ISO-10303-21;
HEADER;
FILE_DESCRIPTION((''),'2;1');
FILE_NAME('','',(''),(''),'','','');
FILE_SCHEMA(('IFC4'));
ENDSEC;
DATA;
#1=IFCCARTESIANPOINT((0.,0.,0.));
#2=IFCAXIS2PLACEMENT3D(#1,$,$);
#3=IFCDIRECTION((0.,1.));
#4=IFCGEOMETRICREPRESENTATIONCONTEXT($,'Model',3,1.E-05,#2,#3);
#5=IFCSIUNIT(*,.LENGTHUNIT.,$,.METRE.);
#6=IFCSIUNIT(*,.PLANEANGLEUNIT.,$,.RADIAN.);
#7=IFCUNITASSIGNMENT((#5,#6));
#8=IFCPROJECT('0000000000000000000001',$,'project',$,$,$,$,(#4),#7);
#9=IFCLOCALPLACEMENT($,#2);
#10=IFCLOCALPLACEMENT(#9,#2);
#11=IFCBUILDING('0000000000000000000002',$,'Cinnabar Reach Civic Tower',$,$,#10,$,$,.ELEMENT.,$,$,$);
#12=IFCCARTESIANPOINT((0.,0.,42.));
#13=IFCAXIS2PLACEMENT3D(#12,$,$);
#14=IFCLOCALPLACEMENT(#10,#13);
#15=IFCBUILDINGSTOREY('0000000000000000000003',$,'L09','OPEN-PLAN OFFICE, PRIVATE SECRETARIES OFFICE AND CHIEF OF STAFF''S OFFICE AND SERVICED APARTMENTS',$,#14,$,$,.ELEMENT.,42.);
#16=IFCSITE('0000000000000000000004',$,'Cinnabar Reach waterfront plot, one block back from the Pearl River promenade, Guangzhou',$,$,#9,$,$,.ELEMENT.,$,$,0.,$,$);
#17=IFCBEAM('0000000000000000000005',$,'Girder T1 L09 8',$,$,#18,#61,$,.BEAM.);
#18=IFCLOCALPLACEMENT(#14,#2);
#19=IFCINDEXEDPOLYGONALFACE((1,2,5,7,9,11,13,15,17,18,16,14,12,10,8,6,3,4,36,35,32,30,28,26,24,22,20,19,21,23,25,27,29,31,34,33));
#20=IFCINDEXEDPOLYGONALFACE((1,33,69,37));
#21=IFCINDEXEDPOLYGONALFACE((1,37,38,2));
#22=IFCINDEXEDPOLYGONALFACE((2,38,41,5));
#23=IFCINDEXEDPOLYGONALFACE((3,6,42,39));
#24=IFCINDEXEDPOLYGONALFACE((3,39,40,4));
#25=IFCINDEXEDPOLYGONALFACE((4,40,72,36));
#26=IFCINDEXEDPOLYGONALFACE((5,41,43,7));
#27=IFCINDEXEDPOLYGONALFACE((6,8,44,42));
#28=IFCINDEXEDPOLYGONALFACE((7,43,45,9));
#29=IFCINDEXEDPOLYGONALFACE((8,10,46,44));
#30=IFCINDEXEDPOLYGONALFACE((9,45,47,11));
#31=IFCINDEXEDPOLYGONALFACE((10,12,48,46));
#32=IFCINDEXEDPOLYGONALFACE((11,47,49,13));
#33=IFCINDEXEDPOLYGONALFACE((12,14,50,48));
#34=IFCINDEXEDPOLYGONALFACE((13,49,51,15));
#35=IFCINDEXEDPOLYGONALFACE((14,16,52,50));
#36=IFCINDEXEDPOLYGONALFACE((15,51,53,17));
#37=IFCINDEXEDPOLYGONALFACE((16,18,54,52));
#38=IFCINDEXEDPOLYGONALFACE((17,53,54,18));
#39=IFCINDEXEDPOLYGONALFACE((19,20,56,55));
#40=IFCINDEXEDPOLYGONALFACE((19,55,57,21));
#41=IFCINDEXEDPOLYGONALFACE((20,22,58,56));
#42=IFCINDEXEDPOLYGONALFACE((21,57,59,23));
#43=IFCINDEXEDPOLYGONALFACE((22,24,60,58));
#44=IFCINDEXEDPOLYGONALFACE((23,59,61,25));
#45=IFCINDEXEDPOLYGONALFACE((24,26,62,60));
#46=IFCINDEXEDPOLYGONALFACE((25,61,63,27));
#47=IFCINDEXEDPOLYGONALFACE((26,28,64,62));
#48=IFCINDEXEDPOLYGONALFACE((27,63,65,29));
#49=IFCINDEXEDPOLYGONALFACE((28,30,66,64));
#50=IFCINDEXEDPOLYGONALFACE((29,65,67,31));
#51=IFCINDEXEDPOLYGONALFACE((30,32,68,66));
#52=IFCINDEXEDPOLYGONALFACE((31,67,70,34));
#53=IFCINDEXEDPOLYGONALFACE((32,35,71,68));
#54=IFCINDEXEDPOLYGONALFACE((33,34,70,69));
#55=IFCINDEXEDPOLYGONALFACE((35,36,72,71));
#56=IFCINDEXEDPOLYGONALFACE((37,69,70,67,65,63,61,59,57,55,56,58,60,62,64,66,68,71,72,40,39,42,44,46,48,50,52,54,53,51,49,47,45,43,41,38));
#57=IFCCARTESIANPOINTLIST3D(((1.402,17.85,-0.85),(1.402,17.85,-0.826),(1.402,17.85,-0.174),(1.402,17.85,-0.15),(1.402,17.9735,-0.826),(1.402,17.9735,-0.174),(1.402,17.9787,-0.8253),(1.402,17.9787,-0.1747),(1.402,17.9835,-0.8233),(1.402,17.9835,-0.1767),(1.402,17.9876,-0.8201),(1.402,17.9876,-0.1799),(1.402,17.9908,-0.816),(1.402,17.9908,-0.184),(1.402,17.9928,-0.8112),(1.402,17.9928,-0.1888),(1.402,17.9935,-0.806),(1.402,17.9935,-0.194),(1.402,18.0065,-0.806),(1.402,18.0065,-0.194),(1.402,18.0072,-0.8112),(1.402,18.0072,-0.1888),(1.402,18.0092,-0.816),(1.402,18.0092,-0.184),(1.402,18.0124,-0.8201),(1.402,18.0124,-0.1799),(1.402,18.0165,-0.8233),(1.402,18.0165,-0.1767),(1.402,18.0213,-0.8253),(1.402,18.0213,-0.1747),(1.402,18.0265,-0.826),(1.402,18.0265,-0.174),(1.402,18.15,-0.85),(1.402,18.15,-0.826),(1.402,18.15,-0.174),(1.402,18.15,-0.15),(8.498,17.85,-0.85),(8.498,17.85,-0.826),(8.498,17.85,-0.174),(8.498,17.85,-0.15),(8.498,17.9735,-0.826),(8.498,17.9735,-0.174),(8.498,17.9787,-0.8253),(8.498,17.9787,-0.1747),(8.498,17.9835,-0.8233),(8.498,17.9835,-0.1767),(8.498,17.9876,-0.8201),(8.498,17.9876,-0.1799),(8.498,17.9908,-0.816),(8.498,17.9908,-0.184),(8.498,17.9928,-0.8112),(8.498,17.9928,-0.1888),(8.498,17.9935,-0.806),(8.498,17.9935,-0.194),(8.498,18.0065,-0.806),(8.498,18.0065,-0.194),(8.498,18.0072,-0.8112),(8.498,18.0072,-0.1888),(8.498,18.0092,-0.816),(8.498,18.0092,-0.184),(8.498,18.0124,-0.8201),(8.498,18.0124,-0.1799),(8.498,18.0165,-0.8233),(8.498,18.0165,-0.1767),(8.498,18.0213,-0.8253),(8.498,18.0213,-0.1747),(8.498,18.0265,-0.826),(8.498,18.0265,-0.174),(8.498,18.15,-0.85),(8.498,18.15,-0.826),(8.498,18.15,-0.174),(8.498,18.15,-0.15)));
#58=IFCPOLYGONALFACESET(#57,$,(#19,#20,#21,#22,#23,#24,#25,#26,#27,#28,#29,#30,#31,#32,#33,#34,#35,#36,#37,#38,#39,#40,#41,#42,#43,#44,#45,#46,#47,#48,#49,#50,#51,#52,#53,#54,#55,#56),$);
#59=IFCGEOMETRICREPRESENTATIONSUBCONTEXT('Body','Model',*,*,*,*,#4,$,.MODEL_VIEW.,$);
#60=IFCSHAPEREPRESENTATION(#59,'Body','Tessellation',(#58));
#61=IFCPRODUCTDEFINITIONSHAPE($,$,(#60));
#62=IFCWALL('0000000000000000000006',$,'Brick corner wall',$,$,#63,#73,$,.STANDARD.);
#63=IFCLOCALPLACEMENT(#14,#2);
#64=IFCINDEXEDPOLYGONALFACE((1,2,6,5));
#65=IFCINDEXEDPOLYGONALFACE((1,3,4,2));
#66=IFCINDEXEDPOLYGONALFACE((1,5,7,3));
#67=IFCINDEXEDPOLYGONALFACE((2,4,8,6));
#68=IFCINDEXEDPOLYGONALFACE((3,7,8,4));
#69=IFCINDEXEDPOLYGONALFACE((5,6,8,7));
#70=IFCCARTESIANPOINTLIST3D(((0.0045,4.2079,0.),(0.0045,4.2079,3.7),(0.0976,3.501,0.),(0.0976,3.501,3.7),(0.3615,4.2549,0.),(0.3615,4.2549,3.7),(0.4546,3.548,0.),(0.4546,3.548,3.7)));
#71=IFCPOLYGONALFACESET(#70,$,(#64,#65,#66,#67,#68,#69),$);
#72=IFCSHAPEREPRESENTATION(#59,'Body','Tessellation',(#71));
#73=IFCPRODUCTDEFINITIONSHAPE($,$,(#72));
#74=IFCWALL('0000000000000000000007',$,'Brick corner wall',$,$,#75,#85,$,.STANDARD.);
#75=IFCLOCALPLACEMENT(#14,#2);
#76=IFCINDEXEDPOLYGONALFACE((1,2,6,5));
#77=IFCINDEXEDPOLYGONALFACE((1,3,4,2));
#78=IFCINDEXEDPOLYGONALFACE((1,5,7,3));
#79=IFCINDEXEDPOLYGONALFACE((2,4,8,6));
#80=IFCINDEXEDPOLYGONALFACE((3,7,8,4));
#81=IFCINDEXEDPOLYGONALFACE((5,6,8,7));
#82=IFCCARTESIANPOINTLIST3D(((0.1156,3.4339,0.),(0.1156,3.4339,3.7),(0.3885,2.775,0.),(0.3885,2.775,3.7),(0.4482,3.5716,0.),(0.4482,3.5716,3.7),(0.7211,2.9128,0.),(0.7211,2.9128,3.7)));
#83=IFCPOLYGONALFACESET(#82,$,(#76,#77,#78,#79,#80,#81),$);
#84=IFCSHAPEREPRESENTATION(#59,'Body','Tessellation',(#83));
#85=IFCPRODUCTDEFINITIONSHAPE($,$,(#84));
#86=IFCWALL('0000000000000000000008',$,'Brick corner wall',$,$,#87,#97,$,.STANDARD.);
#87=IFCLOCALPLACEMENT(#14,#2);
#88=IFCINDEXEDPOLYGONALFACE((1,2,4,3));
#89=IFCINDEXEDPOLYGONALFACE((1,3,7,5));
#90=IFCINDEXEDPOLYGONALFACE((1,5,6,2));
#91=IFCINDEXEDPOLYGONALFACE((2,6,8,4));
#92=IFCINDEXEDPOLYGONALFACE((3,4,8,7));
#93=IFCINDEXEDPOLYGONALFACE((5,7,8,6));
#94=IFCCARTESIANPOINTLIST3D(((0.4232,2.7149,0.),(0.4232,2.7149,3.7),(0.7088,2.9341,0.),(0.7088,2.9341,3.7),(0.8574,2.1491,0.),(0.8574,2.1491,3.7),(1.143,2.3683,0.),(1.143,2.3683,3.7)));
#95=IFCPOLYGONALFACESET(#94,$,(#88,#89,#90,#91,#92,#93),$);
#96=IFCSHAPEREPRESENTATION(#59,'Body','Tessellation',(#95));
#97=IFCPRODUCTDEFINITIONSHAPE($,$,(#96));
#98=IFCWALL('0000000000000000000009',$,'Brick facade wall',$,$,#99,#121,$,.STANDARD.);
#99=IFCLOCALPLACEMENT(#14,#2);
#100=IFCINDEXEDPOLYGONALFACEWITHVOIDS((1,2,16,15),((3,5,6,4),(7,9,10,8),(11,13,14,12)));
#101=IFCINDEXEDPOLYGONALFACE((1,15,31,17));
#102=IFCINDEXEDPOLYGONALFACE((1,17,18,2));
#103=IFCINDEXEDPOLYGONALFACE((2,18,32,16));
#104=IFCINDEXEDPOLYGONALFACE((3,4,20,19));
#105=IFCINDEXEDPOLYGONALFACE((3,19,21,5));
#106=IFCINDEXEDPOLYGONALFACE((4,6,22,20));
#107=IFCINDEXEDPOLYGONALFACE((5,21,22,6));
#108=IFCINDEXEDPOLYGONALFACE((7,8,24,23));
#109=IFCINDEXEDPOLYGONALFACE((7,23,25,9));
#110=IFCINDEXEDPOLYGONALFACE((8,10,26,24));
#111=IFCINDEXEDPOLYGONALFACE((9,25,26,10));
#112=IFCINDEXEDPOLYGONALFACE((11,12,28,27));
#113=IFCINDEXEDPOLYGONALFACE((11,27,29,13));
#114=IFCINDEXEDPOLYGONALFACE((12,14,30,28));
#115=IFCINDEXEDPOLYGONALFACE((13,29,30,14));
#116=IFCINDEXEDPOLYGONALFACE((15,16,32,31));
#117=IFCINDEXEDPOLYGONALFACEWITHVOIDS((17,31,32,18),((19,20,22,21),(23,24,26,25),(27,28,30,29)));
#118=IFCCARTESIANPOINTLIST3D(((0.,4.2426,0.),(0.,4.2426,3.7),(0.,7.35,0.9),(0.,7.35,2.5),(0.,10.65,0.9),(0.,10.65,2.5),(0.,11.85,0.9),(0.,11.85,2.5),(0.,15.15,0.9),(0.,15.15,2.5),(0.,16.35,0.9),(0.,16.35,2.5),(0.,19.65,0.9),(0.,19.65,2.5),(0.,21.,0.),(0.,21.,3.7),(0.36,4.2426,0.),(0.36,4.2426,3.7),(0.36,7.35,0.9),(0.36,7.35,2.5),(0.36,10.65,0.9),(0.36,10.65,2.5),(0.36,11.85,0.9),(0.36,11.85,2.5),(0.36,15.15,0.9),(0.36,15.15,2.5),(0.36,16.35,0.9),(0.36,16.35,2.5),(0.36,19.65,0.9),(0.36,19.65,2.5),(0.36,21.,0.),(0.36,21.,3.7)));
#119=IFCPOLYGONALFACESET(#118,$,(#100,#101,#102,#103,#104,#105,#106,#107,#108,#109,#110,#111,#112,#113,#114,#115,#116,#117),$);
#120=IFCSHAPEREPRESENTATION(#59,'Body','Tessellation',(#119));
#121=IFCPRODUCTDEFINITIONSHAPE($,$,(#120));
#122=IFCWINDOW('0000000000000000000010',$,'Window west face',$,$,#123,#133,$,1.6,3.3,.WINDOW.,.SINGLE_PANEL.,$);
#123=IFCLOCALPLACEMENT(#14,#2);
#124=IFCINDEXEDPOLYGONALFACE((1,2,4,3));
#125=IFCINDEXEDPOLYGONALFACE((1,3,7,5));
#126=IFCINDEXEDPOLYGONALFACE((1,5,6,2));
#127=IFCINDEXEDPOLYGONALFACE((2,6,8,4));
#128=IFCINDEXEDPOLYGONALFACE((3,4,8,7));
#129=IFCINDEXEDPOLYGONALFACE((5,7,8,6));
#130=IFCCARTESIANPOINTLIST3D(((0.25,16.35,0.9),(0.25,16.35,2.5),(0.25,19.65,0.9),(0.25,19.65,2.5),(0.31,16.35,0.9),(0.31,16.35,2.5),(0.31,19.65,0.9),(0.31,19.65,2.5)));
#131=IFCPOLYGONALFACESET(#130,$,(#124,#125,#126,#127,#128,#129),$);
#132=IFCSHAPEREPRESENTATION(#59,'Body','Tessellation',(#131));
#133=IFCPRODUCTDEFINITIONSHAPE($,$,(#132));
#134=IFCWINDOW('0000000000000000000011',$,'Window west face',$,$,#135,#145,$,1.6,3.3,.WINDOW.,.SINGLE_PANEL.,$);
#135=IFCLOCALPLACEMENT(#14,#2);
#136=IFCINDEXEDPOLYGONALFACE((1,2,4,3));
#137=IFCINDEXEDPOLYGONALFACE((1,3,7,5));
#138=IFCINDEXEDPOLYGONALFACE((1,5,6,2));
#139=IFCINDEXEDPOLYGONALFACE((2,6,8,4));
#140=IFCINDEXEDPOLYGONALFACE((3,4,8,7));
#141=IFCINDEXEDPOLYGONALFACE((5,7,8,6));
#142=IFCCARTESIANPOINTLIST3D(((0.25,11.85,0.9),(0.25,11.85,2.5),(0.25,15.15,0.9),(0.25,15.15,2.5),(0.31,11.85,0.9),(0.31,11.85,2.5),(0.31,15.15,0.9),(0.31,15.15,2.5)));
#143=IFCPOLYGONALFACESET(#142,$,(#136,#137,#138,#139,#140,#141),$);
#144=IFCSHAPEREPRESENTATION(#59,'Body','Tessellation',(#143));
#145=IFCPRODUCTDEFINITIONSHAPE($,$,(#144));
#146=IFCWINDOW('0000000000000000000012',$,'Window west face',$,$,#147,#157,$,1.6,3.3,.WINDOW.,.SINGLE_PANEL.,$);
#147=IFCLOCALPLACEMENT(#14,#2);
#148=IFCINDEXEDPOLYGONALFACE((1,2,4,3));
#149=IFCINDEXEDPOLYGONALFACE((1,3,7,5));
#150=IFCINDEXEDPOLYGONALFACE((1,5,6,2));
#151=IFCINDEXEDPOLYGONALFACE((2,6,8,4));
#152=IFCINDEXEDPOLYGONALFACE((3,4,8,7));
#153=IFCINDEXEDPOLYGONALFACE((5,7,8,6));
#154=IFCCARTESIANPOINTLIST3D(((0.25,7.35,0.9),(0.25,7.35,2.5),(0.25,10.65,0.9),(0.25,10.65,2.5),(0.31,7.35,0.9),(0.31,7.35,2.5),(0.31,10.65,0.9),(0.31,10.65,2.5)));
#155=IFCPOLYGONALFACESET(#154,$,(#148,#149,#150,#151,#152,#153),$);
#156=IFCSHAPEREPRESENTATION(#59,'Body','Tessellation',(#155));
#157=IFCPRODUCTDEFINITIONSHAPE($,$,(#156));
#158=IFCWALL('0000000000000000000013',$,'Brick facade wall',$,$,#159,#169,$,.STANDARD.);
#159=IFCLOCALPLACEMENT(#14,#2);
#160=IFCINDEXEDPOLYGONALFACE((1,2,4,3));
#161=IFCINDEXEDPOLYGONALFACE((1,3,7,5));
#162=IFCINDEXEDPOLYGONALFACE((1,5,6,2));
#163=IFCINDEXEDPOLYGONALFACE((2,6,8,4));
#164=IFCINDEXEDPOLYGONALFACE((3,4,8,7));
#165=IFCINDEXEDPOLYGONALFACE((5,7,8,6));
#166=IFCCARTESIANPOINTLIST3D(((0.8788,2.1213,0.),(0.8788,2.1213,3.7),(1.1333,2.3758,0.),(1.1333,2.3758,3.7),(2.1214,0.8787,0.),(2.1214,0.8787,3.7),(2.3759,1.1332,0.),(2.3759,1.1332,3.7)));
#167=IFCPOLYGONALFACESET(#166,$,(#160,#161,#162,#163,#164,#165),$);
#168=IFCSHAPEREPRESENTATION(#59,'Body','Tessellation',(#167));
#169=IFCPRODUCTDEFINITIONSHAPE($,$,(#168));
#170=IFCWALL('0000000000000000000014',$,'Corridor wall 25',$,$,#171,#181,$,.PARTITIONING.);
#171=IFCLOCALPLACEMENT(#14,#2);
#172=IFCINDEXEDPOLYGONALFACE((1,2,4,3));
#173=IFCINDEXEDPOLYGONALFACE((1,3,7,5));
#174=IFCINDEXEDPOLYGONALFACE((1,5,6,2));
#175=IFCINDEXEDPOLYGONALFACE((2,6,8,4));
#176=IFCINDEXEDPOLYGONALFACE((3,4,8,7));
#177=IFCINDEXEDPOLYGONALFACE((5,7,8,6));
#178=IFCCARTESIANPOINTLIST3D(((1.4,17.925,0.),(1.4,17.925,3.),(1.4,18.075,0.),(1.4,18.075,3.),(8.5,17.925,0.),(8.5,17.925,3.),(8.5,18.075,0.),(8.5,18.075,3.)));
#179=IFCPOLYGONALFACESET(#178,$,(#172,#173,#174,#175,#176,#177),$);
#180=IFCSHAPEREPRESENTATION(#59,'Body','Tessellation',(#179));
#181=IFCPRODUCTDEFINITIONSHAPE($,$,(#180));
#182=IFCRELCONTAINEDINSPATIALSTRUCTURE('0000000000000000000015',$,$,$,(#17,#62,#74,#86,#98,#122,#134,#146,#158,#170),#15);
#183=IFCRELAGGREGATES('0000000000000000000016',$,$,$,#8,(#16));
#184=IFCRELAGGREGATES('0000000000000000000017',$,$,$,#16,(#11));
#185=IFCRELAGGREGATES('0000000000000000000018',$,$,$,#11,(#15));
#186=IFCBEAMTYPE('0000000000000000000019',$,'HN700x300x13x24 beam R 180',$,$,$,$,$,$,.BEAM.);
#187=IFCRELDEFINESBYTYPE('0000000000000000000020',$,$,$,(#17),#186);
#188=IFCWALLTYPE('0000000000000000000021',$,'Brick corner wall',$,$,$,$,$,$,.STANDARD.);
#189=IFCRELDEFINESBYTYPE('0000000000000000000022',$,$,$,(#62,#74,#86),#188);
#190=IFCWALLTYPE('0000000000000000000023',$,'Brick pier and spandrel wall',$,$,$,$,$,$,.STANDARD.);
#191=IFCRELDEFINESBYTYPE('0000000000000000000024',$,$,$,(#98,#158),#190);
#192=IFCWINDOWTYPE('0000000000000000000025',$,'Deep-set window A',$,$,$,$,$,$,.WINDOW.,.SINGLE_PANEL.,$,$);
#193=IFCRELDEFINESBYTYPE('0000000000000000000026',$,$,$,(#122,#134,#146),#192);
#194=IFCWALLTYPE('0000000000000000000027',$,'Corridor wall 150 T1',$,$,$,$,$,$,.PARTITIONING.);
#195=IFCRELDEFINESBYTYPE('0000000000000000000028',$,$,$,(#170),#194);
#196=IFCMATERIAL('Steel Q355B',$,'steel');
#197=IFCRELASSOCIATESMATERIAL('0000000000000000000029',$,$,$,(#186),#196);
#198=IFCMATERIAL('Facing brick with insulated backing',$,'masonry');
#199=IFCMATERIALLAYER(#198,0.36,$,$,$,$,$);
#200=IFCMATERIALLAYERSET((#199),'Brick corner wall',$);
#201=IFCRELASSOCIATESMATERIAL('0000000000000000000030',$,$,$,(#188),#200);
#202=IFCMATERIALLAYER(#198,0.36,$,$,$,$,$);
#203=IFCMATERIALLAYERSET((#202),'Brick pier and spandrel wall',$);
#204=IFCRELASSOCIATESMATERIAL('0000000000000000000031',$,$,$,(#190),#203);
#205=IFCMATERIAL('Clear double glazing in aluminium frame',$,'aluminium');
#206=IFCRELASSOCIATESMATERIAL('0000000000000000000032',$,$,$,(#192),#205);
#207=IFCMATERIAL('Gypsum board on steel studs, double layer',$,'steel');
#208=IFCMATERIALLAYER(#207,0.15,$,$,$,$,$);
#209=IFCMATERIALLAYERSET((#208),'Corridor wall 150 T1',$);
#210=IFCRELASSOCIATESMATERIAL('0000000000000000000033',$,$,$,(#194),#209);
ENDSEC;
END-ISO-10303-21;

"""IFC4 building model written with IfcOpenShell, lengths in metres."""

from ifc_helpers import new_model, si_unit, direction, frame, frame_2d, origin, origin_2d, place, context, subcontext, project, spatial, rectangle, i_section, extrude, material, layer, layer_set, material_profile, profile_set, type_object, element, fill, save


model = new_model("IFC4")

# Units and contexts
model_context = context("Model", 3, precision=1e-05, world=origin(), true_north=direction((0.0, 1.0)))
body_context = subcontext(model_context, "Body", "Model", "MODEL_VIEW")
ifc_project = project(units=[si_unit("LENGTHUNIT", "METRE"), si_unit("PLANEANGLEUNIT", "RADIAN")], contexts=[model_context])

# Site, building, storey
site_placement = place(None, origin())
site = spatial("IfcSite", under=ifc_project, at=site_placement, Name="Cinnabar Reach waterfront plot, one block back from the Pearl River promenade, Guangzhou", CompositionType="ELEMENT", RefElevation=0.0)
building_placement = place(site_placement, origin())
building = spatial("IfcBuilding", under=site, at=building_placement, Name="Cinnabar Reach Civic Tower", CompositionType="ELEMENT")
storey_placement = place(building_placement, frame((0.0, 0.0, 42.0)))
storey = spatial("IfcBuildingStorey", under=building, at=storey_placement, Name="L09", Description="OPEN-PLAN OFFICE, PRIVATE SECRETARIES OFFICE AND CHIEF OF STAFF'S OFFICE AND SERVICED APARTMENTS", CompositionType="ELEMENT", Elevation=42.0)

# Beam
ifc_material_1 = material(Name="Steel Q355B", Category="steel")
ifc_material_profile_1 = material_profile(ifc_material_1, i_section(OverallWidth=0.3, OverallDepth=0.7, WebThickness=0.013, FlangeThickness=0.024, FilletRadius=0.02, at=origin_2d()), Name="HN700x300x13x24")
ifc_profile_set_1 = profile_set([ifc_material_profile_1], Name="Steel Q355B")
beam_type_1 = type_object("IfcBeamType", Name="HN700x300x13x24 beam R 180", PredefinedType="BEAM", material=ifc_profile_set_1)
for number, where, z_axis, x_axis, name in (
    (1, (1.402, 18.0, -0.5), (1.0, 0.0, 0.0), (0.0, 1.0, 0.0), "Girder T1 L09 8"),
):
    element("IfcBeam", number, at=place(storey_placement, frame(where, z_axis=z_axis, x_axis=x_axis)), inside=storey, type_object=beam_type_1, Name=name, PredefinedType="BEAM", context=body_context, shape_type="SweptSolid", body=[
        extrude(i_section(OverallWidth=0.3, OverallDepth=0.7, WebThickness=0.013, FlangeThickness=0.024, FilletRadius=0.02, at=origin_2d()), origin(), (0.0, 0.0, 1.0), 7.096),
    ])

# Walls
ifc_material_2 = material(Name="Facing brick with insulated backing", Category="masonry")
ifc_layer_1 = layer(ifc_material_2, 0.36)
ifc_layer_set_1 = layer_set([ifc_layer_1], Name="Brick corner wall")
wall_type_1 = type_object("IfcWallType", Name="Brick corner wall", PredefinedType="STANDARD", material=ifc_layer_set_1)
for number, where, z_axis, x_axis, name in (
    (2, (0.183, 4.2314, 0.0), (0.0, 0.0, 1.0), (0.130556, -0.991441, 0.0), "Brick corner wall"),
    (3, (0.2819, 3.5027, 0.0), (0.0, 0.0, 1.0), (0.382703, -0.923872, 0.0), "Brick corner wall"),
):
    element("IfcWall", number, at=place(storey_placement, frame(where, z_axis=z_axis, x_axis=x_axis)), inside=storey, type_object=wall_type_1, Name=name, PredefinedType="STANDARD", context=body_context, shape_type="SweptSolid", body=[
        extrude(rectangle(XDim=0.7131, YDim=0.36, at=frame_2d((0.3565, 0.0))), origin(), (0.0, 0.0, 1.0), 3.7),
    ])
wall_1_placement = place(storey_placement, frame((0.566, 2.8245, 0.0), z_axis=(0.0, 0.0, 1.0), x_axis=(0.608802, -0.793322, 0.0)))
element("IfcWall", 4, at=wall_1_placement, inside=storey, type_object=wall_type_1, Name="Brick corner wall", PredefinedType="STANDARD", context=body_context, shape_type="SweptSolid", body=[
    extrude(rectangle(XDim=0.7132, YDim=0.36, at=frame_2d((0.3566, 0.0))), origin(), (0.0, 0.0, 1.0), 3.7),
])

# Wall, openings, windows
ifc_layer_2 = layer(ifc_material_2, 0.36)
ifc_layer_set_2 = layer_set([ifc_layer_2], Name="Brick pier and spandrel wall")
wall_type_2 = type_object("IfcWallType", Name="Brick pier and spandrel wall", PredefinedType="STANDARD", material=ifc_layer_set_2)
wall_2_placement = place(storey_placement, frame((0.18, 21.0, 0.0), z_axis=(0.0, 0.0, 1.0), x_axis=(0.0, -1.0, 0.0)))
wall_2 = element("IfcWall", 5, at=wall_2_placement, inside=storey, type_object=wall_type_2, Name="Brick facade wall", PredefinedType="STANDARD", context=body_context, shape_type="SweptSolid", body=[
    extrude(rectangle(XDim=16.7574, YDim=0.36, at=frame_2d((8.3787, 0.0))), origin(), (0.0, 0.0, 1.0), 3.7),
])
opening_1_placement = place(wall_2_placement, frame((1.35, 0.0, 0.9)))
opening_1 = element("IfcOpeningElement", 6, at=opening_1_placement, cuts=wall_2, PredefinedType="OPENING", context=body_context, shape_type="SweptSolid", body=[
    extrude(rectangle(XDim=3.3, YDim=1.6, at=frame_2d((1.65, 0.8))), frame((0.0, 0.19, 0.0), z_axis=(0.0, -1.0, 0.0), x_axis=(1.0, 0.0, 0.0)), (0.0, 0.0, 1.0), 0.38),
])
opening_2_placement = place(wall_2_placement, frame((5.85, 0.0, 0.9)))
opening_2 = element("IfcOpeningElement", 7, at=opening_2_placement, cuts=wall_2, PredefinedType="OPENING", context=body_context, shape_type="SweptSolid", body=[
    extrude(rectangle(XDim=3.3, YDim=1.6, at=frame_2d((1.65, 0.8))), frame((0.0, 0.19, 0.0), z_axis=(0.0, -1.0, 0.0), x_axis=(1.0, 0.0, 0.0)), (0.0, 0.0, 1.0), 0.38),
])
opening_3_placement = place(wall_2_placement, frame((10.35, 0.0, 0.9)))
opening_3 = element("IfcOpeningElement", 8, at=opening_3_placement, cuts=wall_2, PredefinedType="OPENING", context=body_context, shape_type="SweptSolid", body=[
    extrude(rectangle(XDim=3.3, YDim=1.6, at=frame_2d((1.65, 0.8))), frame((0.0, 0.19, 0.0), z_axis=(0.0, -1.0, 0.0), x_axis=(1.0, 0.0, 0.0)), (0.0, 0.0, 1.0), 0.38),
])
ifc_material_3 = material(Name="Clear double glazing in aluminium frame", Category="aluminium")
window_type = type_object("IfcWindowType", Name="Deep-set window A", PartitioningType="SINGLE_PANEL", PredefinedType="WINDOW", material=ifc_material_3)
window_1_placement = place(opening_1_placement, origin())
window_1 = element("IfcWindow", 9, at=window_1_placement, inside=storey, type_object=window_type, Name="Window west face", OverallHeight=1.6, OverallWidth=3.3, PartitioningType="SINGLE_PANEL", PredefinedType="WINDOW", context=body_context, shape_type="SweptSolid", body=[
    extrude(rectangle(XDim=3.3, YDim=1.6, at=frame_2d((1.65, 0.8))), frame((0.0, 0.13, 0.0), z_axis=(0.0, -1.0, 0.0), x_axis=(1.0, 0.0, 0.0)), (0.0, 0.0, 1.0), 0.06),
])
fill(opening_1, window_1)
window_2_placement = place(opening_2_placement, origin())
window_2 = element("IfcWindow", 10, at=window_2_placement, inside=storey, type_object=window_type, Name="Window west face", OverallHeight=1.6, OverallWidth=3.3, PartitioningType="SINGLE_PANEL", PredefinedType="WINDOW", context=body_context, shape_type="SweptSolid", body=[
    extrude(rectangle(XDim=3.3, YDim=1.6, at=frame_2d((1.65, 0.8))), frame((0.0, 0.13, 0.0), z_axis=(0.0, -1.0, 0.0), x_axis=(1.0, 0.0, 0.0)), (0.0, 0.0, 1.0), 0.06),
])
fill(opening_2, window_2)
window_3_placement = place(opening_3_placement, origin())
window_3 = element("IfcWindow", 11, at=window_3_placement, inside=storey, type_object=window_type, Name="Window west face", OverallHeight=1.6, OverallWidth=3.3, PartitioningType="SINGLE_PANEL", PredefinedType="WINDOW", context=body_context, shape_type="SweptSolid", body=[
    extrude(rectangle(XDim=3.3, YDim=1.6, at=frame_2d((1.65, 0.8))), frame((0.0, 0.13, 0.0), z_axis=(0.0, -1.0, 0.0), x_axis=(1.0, 0.0, 0.0)), (0.0, 0.0, 1.0), 0.06),
])
fill(opening_3, window_3)

# Walls
wall_3_placement = place(storey_placement, frame((1.006, 2.2486, 0.0), z_axis=(0.0, 0.0, 1.0), x_axis=(0.707107, -0.707107, 0.0)))
element("IfcWall", 12, at=wall_3_placement, inside=storey, type_object=wall_type_2, Name="Brick facade wall", PredefinedType="STANDARD", context=body_context, shape_type="SweptSolid", body=[
    extrude(rectangle(XDim=1.7573, YDim=0.36, at=frame_2d((0.8787, 0.0))), origin(), (0.0, 0.0, 1.0), 3.7),
])
ifc_material_4 = material(Name="Gypsum board on steel studs, double layer", Category="steel")
ifc_layer_3 = layer(ifc_material_4, 0.15)
ifc_layer_set_3 = layer_set([ifc_layer_3], Name="Corridor wall 150 T1")
wall_type_3 = type_object("IfcWallType", Name="Corridor wall 150 T1", PredefinedType="PARTITIONING", material=ifc_layer_set_3)
wall_4_placement = place(storey_placement, frame((1.4, 18.0, 0.0), z_axis=(0.0, 0.0, 1.0), x_axis=(1.0, 0.0, 0.0)))
element("IfcWall", 13, at=wall_4_placement, inside=storey, type_object=wall_type_3, Name="Corridor wall 25", PredefinedType="PARTITIONING", context=body_context, shape_type="SweptSolid", body=[
    extrude(rectangle(XDim=7.1, YDim=0.15, at=frame_2d((3.55, 0.0))), origin(), (0.0, 0.0, 1.0), 3.0),
])

save(model, "model.ifc")
